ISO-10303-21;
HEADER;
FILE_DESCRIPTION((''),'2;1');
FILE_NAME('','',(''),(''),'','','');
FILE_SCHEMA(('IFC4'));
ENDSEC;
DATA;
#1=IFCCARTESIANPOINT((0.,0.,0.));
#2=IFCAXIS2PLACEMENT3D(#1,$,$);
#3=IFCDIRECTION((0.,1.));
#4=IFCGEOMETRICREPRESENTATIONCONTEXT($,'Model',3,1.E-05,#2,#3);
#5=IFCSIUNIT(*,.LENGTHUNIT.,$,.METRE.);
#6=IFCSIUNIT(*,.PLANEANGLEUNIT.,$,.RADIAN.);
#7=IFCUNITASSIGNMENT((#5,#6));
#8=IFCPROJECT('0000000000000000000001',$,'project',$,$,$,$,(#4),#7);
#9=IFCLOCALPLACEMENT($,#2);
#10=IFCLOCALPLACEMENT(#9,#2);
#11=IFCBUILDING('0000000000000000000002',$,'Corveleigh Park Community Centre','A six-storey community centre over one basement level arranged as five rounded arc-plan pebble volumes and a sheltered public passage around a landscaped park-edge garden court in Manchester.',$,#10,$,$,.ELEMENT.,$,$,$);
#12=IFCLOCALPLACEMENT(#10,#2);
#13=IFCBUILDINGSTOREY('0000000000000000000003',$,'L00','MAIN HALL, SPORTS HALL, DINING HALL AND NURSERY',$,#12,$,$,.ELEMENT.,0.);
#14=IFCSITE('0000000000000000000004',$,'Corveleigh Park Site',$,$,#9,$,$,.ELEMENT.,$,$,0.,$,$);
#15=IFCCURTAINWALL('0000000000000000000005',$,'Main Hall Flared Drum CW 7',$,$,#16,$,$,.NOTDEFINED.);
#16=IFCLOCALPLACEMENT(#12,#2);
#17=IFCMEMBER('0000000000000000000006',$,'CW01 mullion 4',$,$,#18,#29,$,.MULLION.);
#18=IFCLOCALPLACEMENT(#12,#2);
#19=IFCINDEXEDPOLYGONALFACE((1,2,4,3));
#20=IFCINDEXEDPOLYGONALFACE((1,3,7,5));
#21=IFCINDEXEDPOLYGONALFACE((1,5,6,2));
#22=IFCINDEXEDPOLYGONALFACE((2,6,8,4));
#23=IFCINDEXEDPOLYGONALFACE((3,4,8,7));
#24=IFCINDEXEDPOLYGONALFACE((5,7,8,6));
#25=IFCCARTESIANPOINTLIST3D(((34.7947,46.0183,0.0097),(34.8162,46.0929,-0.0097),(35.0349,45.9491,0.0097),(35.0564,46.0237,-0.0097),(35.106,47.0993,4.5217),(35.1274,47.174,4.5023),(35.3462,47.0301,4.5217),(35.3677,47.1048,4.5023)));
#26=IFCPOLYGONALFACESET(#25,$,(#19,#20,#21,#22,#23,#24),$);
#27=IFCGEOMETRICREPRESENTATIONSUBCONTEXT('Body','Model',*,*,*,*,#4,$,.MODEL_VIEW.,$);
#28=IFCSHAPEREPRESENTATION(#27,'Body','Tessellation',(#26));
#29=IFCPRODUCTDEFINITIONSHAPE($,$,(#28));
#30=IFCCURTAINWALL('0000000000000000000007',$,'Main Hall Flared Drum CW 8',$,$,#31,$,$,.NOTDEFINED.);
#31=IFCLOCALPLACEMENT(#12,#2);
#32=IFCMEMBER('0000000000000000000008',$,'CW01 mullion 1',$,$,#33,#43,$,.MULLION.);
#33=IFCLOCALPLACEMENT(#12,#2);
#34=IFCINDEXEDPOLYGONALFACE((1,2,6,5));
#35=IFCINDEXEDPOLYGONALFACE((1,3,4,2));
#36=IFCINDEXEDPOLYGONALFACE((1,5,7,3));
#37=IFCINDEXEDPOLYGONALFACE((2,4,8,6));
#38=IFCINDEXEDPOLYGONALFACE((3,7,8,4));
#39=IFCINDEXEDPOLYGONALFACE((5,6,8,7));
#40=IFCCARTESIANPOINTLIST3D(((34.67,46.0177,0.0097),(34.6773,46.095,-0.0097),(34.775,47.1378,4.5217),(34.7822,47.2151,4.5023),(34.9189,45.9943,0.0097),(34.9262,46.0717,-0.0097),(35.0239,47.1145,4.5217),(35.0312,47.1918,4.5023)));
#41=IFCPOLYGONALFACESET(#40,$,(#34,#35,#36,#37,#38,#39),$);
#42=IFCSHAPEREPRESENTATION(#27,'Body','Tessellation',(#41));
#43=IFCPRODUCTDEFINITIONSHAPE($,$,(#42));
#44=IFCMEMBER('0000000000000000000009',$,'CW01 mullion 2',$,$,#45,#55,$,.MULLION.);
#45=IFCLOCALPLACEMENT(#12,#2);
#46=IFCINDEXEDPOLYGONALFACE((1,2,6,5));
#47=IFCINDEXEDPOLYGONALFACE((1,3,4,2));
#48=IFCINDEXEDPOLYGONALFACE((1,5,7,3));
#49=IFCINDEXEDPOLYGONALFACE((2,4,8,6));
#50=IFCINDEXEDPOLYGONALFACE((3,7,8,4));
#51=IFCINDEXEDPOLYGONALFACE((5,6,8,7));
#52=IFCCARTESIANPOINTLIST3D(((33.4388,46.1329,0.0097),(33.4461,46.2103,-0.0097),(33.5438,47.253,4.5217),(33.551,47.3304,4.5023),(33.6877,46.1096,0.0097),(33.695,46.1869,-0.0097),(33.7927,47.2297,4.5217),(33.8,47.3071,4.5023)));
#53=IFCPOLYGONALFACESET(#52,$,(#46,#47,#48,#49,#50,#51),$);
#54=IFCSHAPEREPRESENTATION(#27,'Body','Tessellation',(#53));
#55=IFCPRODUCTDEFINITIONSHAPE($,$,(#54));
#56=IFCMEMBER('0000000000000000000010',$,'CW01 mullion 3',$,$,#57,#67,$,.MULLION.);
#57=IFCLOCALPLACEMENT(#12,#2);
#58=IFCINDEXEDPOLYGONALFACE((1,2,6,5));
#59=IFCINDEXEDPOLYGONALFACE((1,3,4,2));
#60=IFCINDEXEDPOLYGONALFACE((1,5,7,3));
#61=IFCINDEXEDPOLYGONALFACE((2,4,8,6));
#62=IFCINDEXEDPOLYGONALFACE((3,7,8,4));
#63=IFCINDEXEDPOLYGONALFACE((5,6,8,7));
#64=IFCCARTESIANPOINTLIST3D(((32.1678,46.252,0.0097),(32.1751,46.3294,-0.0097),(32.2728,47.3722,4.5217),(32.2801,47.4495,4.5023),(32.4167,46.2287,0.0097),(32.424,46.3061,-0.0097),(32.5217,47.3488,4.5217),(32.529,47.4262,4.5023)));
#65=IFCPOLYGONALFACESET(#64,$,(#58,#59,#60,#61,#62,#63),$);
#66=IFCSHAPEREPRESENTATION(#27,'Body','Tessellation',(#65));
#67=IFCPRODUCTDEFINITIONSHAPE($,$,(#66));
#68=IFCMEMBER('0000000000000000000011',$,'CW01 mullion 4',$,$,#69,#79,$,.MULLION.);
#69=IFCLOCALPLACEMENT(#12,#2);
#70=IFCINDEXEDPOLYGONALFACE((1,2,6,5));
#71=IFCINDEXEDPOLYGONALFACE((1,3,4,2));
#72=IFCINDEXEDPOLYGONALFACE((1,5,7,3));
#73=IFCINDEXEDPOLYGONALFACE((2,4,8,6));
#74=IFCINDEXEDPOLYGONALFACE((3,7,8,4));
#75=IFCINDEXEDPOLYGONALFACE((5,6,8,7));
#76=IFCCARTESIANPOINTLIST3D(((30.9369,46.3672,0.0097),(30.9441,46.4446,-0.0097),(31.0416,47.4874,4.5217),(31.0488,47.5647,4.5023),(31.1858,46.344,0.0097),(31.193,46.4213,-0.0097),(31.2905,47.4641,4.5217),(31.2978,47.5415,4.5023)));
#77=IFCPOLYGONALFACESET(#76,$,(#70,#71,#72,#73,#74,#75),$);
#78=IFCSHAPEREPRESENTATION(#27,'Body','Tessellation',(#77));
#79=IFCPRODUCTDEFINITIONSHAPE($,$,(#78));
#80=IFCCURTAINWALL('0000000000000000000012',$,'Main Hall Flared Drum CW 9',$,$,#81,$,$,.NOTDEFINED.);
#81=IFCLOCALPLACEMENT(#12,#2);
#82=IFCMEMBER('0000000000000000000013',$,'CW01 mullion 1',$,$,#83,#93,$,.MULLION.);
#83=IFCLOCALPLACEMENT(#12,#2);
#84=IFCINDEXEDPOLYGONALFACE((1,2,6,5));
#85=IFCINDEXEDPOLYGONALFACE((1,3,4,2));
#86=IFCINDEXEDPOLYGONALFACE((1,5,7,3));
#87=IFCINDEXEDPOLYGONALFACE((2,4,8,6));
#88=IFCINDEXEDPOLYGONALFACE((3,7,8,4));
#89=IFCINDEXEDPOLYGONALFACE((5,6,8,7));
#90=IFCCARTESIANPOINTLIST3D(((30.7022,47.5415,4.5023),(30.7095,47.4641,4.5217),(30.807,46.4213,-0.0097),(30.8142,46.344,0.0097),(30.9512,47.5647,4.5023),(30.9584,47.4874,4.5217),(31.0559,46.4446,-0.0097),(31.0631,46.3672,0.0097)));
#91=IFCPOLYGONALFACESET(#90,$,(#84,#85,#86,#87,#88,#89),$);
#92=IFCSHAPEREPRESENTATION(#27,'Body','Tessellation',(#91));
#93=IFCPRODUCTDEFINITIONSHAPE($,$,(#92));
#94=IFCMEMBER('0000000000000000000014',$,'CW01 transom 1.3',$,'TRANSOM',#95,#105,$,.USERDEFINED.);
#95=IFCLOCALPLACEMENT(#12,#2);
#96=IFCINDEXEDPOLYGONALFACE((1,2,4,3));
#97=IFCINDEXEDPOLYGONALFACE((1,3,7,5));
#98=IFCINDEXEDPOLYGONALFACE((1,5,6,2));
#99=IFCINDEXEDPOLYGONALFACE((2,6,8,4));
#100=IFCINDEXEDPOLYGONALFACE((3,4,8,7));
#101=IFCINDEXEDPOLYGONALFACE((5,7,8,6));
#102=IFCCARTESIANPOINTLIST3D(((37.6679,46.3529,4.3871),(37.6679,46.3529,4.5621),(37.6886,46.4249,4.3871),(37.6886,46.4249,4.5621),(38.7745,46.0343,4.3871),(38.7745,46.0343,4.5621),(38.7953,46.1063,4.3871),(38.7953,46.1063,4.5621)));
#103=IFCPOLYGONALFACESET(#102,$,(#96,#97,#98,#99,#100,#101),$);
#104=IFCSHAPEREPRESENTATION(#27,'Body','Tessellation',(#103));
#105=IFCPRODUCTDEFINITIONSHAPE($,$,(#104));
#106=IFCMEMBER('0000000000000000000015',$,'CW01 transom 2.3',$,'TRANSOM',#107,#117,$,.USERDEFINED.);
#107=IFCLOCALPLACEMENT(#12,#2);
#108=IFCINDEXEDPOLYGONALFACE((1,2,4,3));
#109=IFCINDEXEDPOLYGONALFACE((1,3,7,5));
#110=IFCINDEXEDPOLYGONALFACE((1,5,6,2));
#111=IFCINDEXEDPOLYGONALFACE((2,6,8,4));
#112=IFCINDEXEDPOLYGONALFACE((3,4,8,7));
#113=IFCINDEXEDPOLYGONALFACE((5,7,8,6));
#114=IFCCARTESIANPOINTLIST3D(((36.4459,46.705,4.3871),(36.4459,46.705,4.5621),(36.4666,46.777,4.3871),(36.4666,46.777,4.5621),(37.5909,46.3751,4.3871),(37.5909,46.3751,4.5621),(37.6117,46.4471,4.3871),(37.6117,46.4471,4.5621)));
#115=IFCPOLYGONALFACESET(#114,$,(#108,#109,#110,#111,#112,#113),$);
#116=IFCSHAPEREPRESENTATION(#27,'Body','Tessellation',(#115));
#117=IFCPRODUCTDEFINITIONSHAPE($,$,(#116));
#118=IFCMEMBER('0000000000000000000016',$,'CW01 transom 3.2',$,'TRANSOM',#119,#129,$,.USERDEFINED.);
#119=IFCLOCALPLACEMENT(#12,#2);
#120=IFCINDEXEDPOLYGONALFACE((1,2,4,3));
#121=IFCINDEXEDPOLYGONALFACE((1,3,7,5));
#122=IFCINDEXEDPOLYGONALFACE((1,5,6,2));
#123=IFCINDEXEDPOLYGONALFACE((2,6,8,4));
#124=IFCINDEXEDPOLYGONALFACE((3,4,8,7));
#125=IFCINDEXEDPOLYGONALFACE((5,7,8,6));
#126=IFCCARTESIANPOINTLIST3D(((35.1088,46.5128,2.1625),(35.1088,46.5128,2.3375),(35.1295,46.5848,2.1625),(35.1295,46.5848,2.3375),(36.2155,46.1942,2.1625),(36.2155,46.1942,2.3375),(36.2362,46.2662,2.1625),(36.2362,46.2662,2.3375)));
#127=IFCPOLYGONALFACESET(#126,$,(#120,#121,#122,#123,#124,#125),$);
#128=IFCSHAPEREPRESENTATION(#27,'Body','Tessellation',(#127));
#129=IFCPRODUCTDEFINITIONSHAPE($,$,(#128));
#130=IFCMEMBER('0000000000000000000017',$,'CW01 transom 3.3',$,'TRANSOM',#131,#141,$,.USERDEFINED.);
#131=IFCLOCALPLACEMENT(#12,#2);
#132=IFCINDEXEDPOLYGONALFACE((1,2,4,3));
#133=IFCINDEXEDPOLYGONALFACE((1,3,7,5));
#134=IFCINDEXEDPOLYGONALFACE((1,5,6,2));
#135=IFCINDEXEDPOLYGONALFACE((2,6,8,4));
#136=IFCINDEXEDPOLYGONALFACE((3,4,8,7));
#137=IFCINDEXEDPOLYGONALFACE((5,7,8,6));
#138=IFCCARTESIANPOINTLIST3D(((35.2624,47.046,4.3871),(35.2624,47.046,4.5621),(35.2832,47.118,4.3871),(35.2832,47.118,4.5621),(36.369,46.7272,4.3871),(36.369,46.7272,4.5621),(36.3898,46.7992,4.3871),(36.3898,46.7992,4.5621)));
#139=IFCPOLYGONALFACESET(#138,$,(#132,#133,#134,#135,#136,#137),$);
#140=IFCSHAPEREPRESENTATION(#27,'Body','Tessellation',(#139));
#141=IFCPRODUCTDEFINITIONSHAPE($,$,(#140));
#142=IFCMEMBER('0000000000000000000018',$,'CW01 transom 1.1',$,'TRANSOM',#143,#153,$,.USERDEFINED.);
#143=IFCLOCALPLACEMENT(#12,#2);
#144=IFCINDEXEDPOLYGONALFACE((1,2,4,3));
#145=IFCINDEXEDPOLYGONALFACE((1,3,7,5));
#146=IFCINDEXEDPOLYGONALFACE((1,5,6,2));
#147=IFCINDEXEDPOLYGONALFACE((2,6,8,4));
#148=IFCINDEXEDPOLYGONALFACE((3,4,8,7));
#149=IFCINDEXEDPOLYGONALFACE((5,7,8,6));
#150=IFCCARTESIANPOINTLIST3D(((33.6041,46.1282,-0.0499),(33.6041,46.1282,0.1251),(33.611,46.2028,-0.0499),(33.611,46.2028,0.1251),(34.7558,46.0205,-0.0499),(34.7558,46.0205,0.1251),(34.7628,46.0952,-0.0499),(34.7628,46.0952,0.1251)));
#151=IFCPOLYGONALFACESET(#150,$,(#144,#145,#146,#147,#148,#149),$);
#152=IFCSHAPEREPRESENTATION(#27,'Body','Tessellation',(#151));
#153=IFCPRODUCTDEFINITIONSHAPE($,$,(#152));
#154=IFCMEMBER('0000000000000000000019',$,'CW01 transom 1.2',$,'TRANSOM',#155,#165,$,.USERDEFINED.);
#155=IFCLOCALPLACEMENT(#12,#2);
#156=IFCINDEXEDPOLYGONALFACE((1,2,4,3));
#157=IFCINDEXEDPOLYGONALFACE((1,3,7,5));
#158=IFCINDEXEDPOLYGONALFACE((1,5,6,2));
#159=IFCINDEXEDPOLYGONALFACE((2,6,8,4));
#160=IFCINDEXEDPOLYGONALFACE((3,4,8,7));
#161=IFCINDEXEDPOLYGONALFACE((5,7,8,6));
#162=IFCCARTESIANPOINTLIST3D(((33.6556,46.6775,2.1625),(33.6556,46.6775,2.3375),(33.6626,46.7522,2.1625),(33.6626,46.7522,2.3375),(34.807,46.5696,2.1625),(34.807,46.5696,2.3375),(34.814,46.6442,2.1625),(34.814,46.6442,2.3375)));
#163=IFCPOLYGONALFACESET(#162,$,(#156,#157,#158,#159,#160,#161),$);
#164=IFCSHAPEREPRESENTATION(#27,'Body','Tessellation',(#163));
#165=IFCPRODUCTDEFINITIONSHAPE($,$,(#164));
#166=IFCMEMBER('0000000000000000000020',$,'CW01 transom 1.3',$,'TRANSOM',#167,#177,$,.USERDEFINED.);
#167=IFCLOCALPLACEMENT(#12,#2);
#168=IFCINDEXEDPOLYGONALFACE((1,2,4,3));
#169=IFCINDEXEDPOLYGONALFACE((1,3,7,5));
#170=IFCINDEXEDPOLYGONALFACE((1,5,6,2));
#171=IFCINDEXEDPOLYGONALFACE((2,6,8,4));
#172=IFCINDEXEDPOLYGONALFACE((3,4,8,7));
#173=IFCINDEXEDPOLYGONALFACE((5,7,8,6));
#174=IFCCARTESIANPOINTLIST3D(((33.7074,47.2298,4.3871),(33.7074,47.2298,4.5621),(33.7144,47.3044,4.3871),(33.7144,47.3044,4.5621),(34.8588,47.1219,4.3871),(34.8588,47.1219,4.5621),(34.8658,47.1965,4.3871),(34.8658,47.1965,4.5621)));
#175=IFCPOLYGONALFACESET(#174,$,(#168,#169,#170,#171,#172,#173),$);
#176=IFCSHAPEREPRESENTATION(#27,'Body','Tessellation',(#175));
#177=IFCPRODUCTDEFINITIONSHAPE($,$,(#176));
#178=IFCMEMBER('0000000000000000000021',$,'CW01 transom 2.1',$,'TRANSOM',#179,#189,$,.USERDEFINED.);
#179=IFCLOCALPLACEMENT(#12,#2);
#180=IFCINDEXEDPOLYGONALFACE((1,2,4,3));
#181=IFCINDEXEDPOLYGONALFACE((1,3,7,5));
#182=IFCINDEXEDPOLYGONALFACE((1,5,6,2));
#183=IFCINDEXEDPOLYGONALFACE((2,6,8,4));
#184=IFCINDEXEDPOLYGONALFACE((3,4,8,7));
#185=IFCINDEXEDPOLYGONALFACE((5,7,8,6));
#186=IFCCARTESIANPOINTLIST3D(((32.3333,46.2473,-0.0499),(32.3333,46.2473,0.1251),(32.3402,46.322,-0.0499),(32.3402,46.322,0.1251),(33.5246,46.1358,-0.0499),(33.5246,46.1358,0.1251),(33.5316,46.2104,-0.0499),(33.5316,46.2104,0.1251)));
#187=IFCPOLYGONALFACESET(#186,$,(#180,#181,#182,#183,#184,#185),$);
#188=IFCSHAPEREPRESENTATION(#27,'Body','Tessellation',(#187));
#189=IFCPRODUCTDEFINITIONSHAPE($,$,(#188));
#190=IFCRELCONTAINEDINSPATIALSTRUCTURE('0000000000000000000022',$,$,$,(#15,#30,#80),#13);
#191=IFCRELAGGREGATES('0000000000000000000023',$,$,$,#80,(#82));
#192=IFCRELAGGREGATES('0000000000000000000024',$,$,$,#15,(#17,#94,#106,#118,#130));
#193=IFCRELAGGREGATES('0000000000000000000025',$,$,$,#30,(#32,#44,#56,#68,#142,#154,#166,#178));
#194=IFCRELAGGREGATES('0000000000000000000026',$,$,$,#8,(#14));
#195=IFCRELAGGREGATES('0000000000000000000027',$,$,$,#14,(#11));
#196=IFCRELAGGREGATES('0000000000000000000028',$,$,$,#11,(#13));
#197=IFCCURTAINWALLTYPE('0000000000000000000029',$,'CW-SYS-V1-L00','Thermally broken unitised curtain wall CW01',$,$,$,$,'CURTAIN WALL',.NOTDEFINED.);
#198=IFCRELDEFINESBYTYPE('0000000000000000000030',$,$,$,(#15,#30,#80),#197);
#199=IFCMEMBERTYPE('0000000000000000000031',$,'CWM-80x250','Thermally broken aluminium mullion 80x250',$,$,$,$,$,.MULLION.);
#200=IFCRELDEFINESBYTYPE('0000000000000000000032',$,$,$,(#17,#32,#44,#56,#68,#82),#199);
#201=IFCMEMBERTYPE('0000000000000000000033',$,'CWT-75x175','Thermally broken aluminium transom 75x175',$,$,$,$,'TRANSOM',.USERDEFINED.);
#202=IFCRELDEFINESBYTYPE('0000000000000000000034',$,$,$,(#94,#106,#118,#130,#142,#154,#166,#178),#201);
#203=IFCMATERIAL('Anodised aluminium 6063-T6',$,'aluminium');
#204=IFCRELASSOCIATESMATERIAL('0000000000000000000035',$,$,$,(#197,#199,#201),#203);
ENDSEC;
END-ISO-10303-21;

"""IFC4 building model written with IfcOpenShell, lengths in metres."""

from ifc_helpers import new_model, si_unit, direction, frame, origin, origin_2d, place, context, subcontext, project, spatial, rectangle, extrude, material, material_profile, profile_set, type_object, element, aggregate, save


model = new_model("IFC4")

# Units and contexts
model_context = context("Model", 3, precision=1e-05, world=origin(), true_north=direction((0.0, 1.0)))
body_context = subcontext(model_context, "Body", "Model", "MODEL_VIEW")
ifc_project = project(units=[si_unit("LENGTHUNIT", "METRE"), si_unit("PLANEANGLEUNIT", "RADIAN")], contexts=[model_context])

# Site, building, storey
site_placement = place(None, origin())
site = spatial("IfcSite", under=ifc_project, at=site_placement, Name="Corveleigh Park Site", CompositionType="ELEMENT", RefElevation=0.0)
building_placement = place(site_placement, origin())
building = spatial("IfcBuilding", under=site, at=building_placement, Name="Corveleigh Park Community Centre", Description="A six-storey community centre over one basement level arranged as five rounded arc-plan pebble volumes and a sheltered public passage around a landscaped park-edge garden court in Manchester.", CompositionType="ELEMENT")
storey_placement = place(building_placement, origin())
storey = spatial("IfcBuildingStorey", under=building, at=storey_placement, Name="L00", Description="MAIN HALL, SPORTS HALL, DINING HALL AND NURSERY", CompositionType="ELEMENT", Elevation=0.0)

# Curtain wall, member
ifc_material_1 = material(Name="Anodised aluminium 6063-T6", Category="aluminium")
curtain_wall_type = type_object("IfcCurtainWallType", Name="CW-SYS-V1-L00", Description="Thermally broken unitised curtain wall CW01", ElementType="CURTAIN WALL", PredefinedType="NOTDEFINED", material=ifc_material_1)
curtain_wall_1_placement = place(storey_placement, origin())
curtain_wall_1 = element("IfcCurtainWall", 1, at=curtain_wall_1_placement, inside=storey, type_object=curtain_wall_type, Name="Main Hall Flared Drum CW 7", PredefinedType="NOTDEFINED")
ifc_material_profile_1 = material_profile(ifc_material_1, rectangle(XDim=0.0801, YDim=0.25, at=origin_2d()), Name="ALU-M80x250", Category="aluminium")
ifc_profile_set_1 = profile_set([ifc_material_profile_1], Name="Anodised aluminium 6063-T6")
member_type_1 = type_object("IfcMemberType", Name="CWM-80x250", Description="Thermally broken aluminium mullion 80x250", PredefinedType="MULLION", material=ifc_profile_set_1)
member_1_placement = place(storey_placement, frame((34.9255, 46.021, 0.0), z_axis=(0.06694, 0.23248, 0.970295), x_axis=(-0.268479, -0.932411, 0.241926)))
member_1 = element("IfcMember", 2, at=member_1_placement, type_object=member_type_1, Name="CW01 mullion 4", PredefinedType="MULLION", context=body_context, shape_type="SweptSolid", body=[
    extrude(rectangle(XDim=0.0801, YDim=0.25, at=origin_2d()), origin(), (0.0, 0.0, 1.0), 4.6501),
])

# Curtain wall, members
curtain_wall_2_placement = place(storey_placement, origin())
curtain_wall_2 = element("IfcCurtainWall", 3, at=curtain_wall_2_placement, inside=storey, type_object=curtain_wall_type, Name="Main Hall Flared Drum CW 8", PredefinedType="NOTDEFINED")
member_2_placement = place(storey_placement, frame((34.7981, 46.0447, 0.0), z_axis=(0.022576, 0.24088, 0.970292), x_axis=(-0.090542, -0.966059, 0.241936)))
member_2 = element("IfcMember", 4, at=member_2_placement, type_object=member_type_1, Name="CW01 mullion 1", PredefinedType="MULLION", context=body_context, shape_type="SweptSolid", body=[
    extrude(rectangle(XDim=0.0801, YDim=0.25, at=origin_2d()), origin(), (0.0, 0.0, 1.0), 4.6501),
])
member_3_placement = place(storey_placement, frame((33.5669, 46.1599, 0.0), z_axis=(0.022576, 0.24088, 0.970292), x_axis=(-0.090542, -0.966059, 0.241936)))
member_3 = element("IfcMember", 5, at=member_3_placement, type_object=member_type_1, Name="CW01 mullion 2", PredefinedType="MULLION", context=body_context, shape_type="SweptSolid", body=[
    extrude(rectangle(XDim=0.0801, YDim=0.25, at=origin_2d()), origin(), (0.0, 0.0, 1.0), 4.6501),
])
member_4_placement = place(storey_placement, frame((32.2959, 46.2791, 0.0), z_axis=(0.022576, 0.24088, 0.970292), x_axis=(-0.090542, -0.966059, 0.241936)))
member_4 = element("IfcMember", 6, at=member_4_placement, type_object=member_type_1, Name="CW01 mullion 3", PredefinedType="MULLION", context=body_context, shape_type="SweptSolid", body=[
    extrude(rectangle(XDim=0.0801, YDim=0.25, at=origin_2d()), origin(), (0.0, 0.0, 1.0), 4.6501),
])
member_5_placement = place(storey_placement, frame((31.0649, 46.3943, 0.0), z_axis=(0.022523, 0.24088, 0.970293), x_axis=(-0.090333, -0.966079, 0.241931)))
member_5 = element("IfcMember", 7, at=member_5_placement, type_object=member_type_1, Name="CW01 mullion 4", PredefinedType="MULLION", context=body_context, shape_type="SweptSolid", body=[
    extrude(rectangle(XDim=0.0801, YDim=0.25, at=origin_2d()), origin(), (0.0, 0.0, 1.0), 4.6501),
])

# Curtain wall, member
curtain_wall_3_placement = place(storey_placement, origin())
curtain_wall_3 = element("IfcCurtainWall", 8, at=curtain_wall_3_placement, inside=storey, type_object=curtain_wall_type, Name="Main Hall Flared Drum CW 9", PredefinedType="NOTDEFINED")
member_6_placement = place(storey_placement, frame((30.9351, 46.3943, 0.0), z_axis=(-0.022523, 0.24088, 0.970293), x_axis=(0.090333, -0.966079, 0.241931)))
member_6 = element("IfcMember", 9, at=member_6_placement, type_object=member_type_1, Name="CW01 mullion 1", PredefinedType="MULLION", context=body_context, shape_type="SweptSolid", body=[
    extrude(rectangle(XDim=0.0801, YDim=0.25, at=origin_2d()), origin(), (0.0, 0.0, 1.0), 4.6501),
])

# Members
ifc_material_profile_2 = material_profile(ifc_material_1, rectangle(XDim=0.075, YDim=0.175, at=origin_2d()), Name="ALU-T75x175", Category="aluminium")
ifc_profile_set_2 = profile_set([ifc_material_profile_2], Name="Anodised aluminium 6063-T6")
member_type_2 = type_object("IfcMemberType", Name="CWT-75x175", Description="Thermally broken aluminium transom 75x175", ElementType="TRANSOM", PredefinedType="USERDEFINED", material=ifc_profile_set_2)
member_7_placement = place(storey_placement, frame((38.7849, 46.0703, 4.4746), z_axis=(-0.96097, 0.276653, 0.0), x_axis=(-0.276653, -0.96097, 0.0)))
member_7 = element("IfcMember", 10, at=member_7_placement, type_object=member_type_2, Name="CW01 transom 1.3", ObjectType="TRANSOM", PredefinedType="USERDEFINED", context=body_context, shape_type="SweptSolid", body=[
    extrude(rectangle(XDim=0.075, YDim=0.175, at=origin_2d()), origin(), (0.0, 0.0, 1.0), 1.1516),
])
member_8_placement = place(storey_placement, frame((37.6013, 46.4111, 4.4746), z_axis=(-0.960926, 0.276804, 0.0), x_axis=(-0.276804, -0.960926, 0.0)))
member_8 = element("IfcMember", 11, at=member_8_placement, type_object=member_type_2, Name="CW01 transom 2.3", ObjectType="TRANSOM", PredefinedType="USERDEFINED", context=body_context, shape_type="SweptSolid", body=[
    extrude(rectangle(XDim=0.075, YDim=0.175, at=origin_2d()), origin(), (0.0, 0.0, 1.0), 1.1917),
])
member_9_placement = place(storey_placement, frame((36.2258, 46.2302, 2.25), z_axis=(-0.96097, 0.276653, 0.0), x_axis=(-0.276653, -0.96097, 0.0)))
member_9 = element("IfcMember", 12, at=member_9_placement, type_object=member_type_2, Name="CW01 transom 3.2", ObjectType="TRANSOM", PredefinedType="USERDEFINED", context=body_context, shape_type="SweptSolid", body=[
    extrude(rectangle(XDim=0.075, YDim=0.175, at=origin_2d()), origin(), (0.0, 0.0, 1.0), 1.1516),
])
member_10_placement = place(storey_placement, frame((36.3794, 46.7632, 4.4746), z_axis=(-0.960914, 0.276848, 0.0), x_axis=(-0.276848, -0.960914, 0.0)))
member_10 = element("IfcMember", 13, at=member_10_placement, type_object=member_type_2, Name="CW01 transom 3.3", ObjectType="TRANSOM", PredefinedType="USERDEFINED", context=body_context, shape_type="SweptSolid", body=[
    extrude(rectangle(XDim=0.075, YDim=0.175, at=origin_2d()), origin(), (0.0, 0.0, 1.0), 1.1516),
])
member_11_placement = place(storey_placement, frame((34.7593, 46.0579, 0.0376), z_axis=(-0.995658, 0.093086, 0.0), x_axis=(-0.093086, -0.995658, 0.0)))
member_11 = element("IfcMember", 14, at=member_11_placement, type_object=member_type_2, Name="CW01 transom 1.1", ObjectType="TRANSOM", PredefinedType="USERDEFINED", context=body_context, shape_type="SweptSolid", body=[
    extrude(rectangle(XDim=0.075, YDim=0.175, at=origin_2d()), origin(), (0.0, 0.0, 1.0), 1.1567),
])
member_12_placement = place(storey_placement, frame((34.8105, 46.6069, 2.25), z_axis=(-0.995637, 0.093315, 0.0), x_axis=(-0.093315, -0.995637, 0.0)))
member_12 = element("IfcMember", 15, at=member_12_placement, type_object=member_type_2, Name="CW01 transom 1.2", ObjectType="TRANSOM", PredefinedType="USERDEFINED", context=body_context, shape_type="SweptSolid", body=[
    extrude(rectangle(XDim=0.075, YDim=0.175, at=origin_2d()), origin(), (0.0, 0.0, 1.0), 1.1565),
])
member_13_placement = place(storey_placement, frame((34.8623, 47.1592, 4.4746), z_axis=(-0.995637, 0.093315, 0.0), x_axis=(-0.093315, -0.995637, 0.0)))
member_13 = element("IfcMember", 16, at=member_13_placement, type_object=member_type_2, Name="CW01 transom 1.3", ObjectType="TRANSOM", PredefinedType="USERDEFINED", context=body_context, shape_type="SweptSolid", body=[
    extrude(rectangle(XDim=0.075, YDim=0.175, at=origin_2d()), origin(), (0.0, 0.0, 1.0), 1.1565),
])
member_14_placement = place(storey_placement, frame((33.5281, 46.1731, 0.0376), z_axis=(-0.995644, 0.09324, 0.0), x_axis=(-0.09324, -0.995644, 0.0)))
member_14 = element("IfcMember", 17, at=member_14_placement, type_object=member_type_2, Name="CW01 transom 2.1", ObjectType="TRANSOM", PredefinedType="USERDEFINED", context=body_context, shape_type="SweptSolid", body=[
    extrude(rectangle(XDim=0.075, YDim=0.175, at=origin_2d()), origin(), (0.0, 0.0, 1.0), 1.1965),
])
aggregate(curtain_wall_3, [member_6])

aggregate(curtain_wall_1, [member_1, member_7, member_8, member_9, member_10])
aggregate(curtain_wall_2, [member_2, member_3, member_4, member_5, member_11, member_12, member_13, member_14])

save(model, "model.ifc")
